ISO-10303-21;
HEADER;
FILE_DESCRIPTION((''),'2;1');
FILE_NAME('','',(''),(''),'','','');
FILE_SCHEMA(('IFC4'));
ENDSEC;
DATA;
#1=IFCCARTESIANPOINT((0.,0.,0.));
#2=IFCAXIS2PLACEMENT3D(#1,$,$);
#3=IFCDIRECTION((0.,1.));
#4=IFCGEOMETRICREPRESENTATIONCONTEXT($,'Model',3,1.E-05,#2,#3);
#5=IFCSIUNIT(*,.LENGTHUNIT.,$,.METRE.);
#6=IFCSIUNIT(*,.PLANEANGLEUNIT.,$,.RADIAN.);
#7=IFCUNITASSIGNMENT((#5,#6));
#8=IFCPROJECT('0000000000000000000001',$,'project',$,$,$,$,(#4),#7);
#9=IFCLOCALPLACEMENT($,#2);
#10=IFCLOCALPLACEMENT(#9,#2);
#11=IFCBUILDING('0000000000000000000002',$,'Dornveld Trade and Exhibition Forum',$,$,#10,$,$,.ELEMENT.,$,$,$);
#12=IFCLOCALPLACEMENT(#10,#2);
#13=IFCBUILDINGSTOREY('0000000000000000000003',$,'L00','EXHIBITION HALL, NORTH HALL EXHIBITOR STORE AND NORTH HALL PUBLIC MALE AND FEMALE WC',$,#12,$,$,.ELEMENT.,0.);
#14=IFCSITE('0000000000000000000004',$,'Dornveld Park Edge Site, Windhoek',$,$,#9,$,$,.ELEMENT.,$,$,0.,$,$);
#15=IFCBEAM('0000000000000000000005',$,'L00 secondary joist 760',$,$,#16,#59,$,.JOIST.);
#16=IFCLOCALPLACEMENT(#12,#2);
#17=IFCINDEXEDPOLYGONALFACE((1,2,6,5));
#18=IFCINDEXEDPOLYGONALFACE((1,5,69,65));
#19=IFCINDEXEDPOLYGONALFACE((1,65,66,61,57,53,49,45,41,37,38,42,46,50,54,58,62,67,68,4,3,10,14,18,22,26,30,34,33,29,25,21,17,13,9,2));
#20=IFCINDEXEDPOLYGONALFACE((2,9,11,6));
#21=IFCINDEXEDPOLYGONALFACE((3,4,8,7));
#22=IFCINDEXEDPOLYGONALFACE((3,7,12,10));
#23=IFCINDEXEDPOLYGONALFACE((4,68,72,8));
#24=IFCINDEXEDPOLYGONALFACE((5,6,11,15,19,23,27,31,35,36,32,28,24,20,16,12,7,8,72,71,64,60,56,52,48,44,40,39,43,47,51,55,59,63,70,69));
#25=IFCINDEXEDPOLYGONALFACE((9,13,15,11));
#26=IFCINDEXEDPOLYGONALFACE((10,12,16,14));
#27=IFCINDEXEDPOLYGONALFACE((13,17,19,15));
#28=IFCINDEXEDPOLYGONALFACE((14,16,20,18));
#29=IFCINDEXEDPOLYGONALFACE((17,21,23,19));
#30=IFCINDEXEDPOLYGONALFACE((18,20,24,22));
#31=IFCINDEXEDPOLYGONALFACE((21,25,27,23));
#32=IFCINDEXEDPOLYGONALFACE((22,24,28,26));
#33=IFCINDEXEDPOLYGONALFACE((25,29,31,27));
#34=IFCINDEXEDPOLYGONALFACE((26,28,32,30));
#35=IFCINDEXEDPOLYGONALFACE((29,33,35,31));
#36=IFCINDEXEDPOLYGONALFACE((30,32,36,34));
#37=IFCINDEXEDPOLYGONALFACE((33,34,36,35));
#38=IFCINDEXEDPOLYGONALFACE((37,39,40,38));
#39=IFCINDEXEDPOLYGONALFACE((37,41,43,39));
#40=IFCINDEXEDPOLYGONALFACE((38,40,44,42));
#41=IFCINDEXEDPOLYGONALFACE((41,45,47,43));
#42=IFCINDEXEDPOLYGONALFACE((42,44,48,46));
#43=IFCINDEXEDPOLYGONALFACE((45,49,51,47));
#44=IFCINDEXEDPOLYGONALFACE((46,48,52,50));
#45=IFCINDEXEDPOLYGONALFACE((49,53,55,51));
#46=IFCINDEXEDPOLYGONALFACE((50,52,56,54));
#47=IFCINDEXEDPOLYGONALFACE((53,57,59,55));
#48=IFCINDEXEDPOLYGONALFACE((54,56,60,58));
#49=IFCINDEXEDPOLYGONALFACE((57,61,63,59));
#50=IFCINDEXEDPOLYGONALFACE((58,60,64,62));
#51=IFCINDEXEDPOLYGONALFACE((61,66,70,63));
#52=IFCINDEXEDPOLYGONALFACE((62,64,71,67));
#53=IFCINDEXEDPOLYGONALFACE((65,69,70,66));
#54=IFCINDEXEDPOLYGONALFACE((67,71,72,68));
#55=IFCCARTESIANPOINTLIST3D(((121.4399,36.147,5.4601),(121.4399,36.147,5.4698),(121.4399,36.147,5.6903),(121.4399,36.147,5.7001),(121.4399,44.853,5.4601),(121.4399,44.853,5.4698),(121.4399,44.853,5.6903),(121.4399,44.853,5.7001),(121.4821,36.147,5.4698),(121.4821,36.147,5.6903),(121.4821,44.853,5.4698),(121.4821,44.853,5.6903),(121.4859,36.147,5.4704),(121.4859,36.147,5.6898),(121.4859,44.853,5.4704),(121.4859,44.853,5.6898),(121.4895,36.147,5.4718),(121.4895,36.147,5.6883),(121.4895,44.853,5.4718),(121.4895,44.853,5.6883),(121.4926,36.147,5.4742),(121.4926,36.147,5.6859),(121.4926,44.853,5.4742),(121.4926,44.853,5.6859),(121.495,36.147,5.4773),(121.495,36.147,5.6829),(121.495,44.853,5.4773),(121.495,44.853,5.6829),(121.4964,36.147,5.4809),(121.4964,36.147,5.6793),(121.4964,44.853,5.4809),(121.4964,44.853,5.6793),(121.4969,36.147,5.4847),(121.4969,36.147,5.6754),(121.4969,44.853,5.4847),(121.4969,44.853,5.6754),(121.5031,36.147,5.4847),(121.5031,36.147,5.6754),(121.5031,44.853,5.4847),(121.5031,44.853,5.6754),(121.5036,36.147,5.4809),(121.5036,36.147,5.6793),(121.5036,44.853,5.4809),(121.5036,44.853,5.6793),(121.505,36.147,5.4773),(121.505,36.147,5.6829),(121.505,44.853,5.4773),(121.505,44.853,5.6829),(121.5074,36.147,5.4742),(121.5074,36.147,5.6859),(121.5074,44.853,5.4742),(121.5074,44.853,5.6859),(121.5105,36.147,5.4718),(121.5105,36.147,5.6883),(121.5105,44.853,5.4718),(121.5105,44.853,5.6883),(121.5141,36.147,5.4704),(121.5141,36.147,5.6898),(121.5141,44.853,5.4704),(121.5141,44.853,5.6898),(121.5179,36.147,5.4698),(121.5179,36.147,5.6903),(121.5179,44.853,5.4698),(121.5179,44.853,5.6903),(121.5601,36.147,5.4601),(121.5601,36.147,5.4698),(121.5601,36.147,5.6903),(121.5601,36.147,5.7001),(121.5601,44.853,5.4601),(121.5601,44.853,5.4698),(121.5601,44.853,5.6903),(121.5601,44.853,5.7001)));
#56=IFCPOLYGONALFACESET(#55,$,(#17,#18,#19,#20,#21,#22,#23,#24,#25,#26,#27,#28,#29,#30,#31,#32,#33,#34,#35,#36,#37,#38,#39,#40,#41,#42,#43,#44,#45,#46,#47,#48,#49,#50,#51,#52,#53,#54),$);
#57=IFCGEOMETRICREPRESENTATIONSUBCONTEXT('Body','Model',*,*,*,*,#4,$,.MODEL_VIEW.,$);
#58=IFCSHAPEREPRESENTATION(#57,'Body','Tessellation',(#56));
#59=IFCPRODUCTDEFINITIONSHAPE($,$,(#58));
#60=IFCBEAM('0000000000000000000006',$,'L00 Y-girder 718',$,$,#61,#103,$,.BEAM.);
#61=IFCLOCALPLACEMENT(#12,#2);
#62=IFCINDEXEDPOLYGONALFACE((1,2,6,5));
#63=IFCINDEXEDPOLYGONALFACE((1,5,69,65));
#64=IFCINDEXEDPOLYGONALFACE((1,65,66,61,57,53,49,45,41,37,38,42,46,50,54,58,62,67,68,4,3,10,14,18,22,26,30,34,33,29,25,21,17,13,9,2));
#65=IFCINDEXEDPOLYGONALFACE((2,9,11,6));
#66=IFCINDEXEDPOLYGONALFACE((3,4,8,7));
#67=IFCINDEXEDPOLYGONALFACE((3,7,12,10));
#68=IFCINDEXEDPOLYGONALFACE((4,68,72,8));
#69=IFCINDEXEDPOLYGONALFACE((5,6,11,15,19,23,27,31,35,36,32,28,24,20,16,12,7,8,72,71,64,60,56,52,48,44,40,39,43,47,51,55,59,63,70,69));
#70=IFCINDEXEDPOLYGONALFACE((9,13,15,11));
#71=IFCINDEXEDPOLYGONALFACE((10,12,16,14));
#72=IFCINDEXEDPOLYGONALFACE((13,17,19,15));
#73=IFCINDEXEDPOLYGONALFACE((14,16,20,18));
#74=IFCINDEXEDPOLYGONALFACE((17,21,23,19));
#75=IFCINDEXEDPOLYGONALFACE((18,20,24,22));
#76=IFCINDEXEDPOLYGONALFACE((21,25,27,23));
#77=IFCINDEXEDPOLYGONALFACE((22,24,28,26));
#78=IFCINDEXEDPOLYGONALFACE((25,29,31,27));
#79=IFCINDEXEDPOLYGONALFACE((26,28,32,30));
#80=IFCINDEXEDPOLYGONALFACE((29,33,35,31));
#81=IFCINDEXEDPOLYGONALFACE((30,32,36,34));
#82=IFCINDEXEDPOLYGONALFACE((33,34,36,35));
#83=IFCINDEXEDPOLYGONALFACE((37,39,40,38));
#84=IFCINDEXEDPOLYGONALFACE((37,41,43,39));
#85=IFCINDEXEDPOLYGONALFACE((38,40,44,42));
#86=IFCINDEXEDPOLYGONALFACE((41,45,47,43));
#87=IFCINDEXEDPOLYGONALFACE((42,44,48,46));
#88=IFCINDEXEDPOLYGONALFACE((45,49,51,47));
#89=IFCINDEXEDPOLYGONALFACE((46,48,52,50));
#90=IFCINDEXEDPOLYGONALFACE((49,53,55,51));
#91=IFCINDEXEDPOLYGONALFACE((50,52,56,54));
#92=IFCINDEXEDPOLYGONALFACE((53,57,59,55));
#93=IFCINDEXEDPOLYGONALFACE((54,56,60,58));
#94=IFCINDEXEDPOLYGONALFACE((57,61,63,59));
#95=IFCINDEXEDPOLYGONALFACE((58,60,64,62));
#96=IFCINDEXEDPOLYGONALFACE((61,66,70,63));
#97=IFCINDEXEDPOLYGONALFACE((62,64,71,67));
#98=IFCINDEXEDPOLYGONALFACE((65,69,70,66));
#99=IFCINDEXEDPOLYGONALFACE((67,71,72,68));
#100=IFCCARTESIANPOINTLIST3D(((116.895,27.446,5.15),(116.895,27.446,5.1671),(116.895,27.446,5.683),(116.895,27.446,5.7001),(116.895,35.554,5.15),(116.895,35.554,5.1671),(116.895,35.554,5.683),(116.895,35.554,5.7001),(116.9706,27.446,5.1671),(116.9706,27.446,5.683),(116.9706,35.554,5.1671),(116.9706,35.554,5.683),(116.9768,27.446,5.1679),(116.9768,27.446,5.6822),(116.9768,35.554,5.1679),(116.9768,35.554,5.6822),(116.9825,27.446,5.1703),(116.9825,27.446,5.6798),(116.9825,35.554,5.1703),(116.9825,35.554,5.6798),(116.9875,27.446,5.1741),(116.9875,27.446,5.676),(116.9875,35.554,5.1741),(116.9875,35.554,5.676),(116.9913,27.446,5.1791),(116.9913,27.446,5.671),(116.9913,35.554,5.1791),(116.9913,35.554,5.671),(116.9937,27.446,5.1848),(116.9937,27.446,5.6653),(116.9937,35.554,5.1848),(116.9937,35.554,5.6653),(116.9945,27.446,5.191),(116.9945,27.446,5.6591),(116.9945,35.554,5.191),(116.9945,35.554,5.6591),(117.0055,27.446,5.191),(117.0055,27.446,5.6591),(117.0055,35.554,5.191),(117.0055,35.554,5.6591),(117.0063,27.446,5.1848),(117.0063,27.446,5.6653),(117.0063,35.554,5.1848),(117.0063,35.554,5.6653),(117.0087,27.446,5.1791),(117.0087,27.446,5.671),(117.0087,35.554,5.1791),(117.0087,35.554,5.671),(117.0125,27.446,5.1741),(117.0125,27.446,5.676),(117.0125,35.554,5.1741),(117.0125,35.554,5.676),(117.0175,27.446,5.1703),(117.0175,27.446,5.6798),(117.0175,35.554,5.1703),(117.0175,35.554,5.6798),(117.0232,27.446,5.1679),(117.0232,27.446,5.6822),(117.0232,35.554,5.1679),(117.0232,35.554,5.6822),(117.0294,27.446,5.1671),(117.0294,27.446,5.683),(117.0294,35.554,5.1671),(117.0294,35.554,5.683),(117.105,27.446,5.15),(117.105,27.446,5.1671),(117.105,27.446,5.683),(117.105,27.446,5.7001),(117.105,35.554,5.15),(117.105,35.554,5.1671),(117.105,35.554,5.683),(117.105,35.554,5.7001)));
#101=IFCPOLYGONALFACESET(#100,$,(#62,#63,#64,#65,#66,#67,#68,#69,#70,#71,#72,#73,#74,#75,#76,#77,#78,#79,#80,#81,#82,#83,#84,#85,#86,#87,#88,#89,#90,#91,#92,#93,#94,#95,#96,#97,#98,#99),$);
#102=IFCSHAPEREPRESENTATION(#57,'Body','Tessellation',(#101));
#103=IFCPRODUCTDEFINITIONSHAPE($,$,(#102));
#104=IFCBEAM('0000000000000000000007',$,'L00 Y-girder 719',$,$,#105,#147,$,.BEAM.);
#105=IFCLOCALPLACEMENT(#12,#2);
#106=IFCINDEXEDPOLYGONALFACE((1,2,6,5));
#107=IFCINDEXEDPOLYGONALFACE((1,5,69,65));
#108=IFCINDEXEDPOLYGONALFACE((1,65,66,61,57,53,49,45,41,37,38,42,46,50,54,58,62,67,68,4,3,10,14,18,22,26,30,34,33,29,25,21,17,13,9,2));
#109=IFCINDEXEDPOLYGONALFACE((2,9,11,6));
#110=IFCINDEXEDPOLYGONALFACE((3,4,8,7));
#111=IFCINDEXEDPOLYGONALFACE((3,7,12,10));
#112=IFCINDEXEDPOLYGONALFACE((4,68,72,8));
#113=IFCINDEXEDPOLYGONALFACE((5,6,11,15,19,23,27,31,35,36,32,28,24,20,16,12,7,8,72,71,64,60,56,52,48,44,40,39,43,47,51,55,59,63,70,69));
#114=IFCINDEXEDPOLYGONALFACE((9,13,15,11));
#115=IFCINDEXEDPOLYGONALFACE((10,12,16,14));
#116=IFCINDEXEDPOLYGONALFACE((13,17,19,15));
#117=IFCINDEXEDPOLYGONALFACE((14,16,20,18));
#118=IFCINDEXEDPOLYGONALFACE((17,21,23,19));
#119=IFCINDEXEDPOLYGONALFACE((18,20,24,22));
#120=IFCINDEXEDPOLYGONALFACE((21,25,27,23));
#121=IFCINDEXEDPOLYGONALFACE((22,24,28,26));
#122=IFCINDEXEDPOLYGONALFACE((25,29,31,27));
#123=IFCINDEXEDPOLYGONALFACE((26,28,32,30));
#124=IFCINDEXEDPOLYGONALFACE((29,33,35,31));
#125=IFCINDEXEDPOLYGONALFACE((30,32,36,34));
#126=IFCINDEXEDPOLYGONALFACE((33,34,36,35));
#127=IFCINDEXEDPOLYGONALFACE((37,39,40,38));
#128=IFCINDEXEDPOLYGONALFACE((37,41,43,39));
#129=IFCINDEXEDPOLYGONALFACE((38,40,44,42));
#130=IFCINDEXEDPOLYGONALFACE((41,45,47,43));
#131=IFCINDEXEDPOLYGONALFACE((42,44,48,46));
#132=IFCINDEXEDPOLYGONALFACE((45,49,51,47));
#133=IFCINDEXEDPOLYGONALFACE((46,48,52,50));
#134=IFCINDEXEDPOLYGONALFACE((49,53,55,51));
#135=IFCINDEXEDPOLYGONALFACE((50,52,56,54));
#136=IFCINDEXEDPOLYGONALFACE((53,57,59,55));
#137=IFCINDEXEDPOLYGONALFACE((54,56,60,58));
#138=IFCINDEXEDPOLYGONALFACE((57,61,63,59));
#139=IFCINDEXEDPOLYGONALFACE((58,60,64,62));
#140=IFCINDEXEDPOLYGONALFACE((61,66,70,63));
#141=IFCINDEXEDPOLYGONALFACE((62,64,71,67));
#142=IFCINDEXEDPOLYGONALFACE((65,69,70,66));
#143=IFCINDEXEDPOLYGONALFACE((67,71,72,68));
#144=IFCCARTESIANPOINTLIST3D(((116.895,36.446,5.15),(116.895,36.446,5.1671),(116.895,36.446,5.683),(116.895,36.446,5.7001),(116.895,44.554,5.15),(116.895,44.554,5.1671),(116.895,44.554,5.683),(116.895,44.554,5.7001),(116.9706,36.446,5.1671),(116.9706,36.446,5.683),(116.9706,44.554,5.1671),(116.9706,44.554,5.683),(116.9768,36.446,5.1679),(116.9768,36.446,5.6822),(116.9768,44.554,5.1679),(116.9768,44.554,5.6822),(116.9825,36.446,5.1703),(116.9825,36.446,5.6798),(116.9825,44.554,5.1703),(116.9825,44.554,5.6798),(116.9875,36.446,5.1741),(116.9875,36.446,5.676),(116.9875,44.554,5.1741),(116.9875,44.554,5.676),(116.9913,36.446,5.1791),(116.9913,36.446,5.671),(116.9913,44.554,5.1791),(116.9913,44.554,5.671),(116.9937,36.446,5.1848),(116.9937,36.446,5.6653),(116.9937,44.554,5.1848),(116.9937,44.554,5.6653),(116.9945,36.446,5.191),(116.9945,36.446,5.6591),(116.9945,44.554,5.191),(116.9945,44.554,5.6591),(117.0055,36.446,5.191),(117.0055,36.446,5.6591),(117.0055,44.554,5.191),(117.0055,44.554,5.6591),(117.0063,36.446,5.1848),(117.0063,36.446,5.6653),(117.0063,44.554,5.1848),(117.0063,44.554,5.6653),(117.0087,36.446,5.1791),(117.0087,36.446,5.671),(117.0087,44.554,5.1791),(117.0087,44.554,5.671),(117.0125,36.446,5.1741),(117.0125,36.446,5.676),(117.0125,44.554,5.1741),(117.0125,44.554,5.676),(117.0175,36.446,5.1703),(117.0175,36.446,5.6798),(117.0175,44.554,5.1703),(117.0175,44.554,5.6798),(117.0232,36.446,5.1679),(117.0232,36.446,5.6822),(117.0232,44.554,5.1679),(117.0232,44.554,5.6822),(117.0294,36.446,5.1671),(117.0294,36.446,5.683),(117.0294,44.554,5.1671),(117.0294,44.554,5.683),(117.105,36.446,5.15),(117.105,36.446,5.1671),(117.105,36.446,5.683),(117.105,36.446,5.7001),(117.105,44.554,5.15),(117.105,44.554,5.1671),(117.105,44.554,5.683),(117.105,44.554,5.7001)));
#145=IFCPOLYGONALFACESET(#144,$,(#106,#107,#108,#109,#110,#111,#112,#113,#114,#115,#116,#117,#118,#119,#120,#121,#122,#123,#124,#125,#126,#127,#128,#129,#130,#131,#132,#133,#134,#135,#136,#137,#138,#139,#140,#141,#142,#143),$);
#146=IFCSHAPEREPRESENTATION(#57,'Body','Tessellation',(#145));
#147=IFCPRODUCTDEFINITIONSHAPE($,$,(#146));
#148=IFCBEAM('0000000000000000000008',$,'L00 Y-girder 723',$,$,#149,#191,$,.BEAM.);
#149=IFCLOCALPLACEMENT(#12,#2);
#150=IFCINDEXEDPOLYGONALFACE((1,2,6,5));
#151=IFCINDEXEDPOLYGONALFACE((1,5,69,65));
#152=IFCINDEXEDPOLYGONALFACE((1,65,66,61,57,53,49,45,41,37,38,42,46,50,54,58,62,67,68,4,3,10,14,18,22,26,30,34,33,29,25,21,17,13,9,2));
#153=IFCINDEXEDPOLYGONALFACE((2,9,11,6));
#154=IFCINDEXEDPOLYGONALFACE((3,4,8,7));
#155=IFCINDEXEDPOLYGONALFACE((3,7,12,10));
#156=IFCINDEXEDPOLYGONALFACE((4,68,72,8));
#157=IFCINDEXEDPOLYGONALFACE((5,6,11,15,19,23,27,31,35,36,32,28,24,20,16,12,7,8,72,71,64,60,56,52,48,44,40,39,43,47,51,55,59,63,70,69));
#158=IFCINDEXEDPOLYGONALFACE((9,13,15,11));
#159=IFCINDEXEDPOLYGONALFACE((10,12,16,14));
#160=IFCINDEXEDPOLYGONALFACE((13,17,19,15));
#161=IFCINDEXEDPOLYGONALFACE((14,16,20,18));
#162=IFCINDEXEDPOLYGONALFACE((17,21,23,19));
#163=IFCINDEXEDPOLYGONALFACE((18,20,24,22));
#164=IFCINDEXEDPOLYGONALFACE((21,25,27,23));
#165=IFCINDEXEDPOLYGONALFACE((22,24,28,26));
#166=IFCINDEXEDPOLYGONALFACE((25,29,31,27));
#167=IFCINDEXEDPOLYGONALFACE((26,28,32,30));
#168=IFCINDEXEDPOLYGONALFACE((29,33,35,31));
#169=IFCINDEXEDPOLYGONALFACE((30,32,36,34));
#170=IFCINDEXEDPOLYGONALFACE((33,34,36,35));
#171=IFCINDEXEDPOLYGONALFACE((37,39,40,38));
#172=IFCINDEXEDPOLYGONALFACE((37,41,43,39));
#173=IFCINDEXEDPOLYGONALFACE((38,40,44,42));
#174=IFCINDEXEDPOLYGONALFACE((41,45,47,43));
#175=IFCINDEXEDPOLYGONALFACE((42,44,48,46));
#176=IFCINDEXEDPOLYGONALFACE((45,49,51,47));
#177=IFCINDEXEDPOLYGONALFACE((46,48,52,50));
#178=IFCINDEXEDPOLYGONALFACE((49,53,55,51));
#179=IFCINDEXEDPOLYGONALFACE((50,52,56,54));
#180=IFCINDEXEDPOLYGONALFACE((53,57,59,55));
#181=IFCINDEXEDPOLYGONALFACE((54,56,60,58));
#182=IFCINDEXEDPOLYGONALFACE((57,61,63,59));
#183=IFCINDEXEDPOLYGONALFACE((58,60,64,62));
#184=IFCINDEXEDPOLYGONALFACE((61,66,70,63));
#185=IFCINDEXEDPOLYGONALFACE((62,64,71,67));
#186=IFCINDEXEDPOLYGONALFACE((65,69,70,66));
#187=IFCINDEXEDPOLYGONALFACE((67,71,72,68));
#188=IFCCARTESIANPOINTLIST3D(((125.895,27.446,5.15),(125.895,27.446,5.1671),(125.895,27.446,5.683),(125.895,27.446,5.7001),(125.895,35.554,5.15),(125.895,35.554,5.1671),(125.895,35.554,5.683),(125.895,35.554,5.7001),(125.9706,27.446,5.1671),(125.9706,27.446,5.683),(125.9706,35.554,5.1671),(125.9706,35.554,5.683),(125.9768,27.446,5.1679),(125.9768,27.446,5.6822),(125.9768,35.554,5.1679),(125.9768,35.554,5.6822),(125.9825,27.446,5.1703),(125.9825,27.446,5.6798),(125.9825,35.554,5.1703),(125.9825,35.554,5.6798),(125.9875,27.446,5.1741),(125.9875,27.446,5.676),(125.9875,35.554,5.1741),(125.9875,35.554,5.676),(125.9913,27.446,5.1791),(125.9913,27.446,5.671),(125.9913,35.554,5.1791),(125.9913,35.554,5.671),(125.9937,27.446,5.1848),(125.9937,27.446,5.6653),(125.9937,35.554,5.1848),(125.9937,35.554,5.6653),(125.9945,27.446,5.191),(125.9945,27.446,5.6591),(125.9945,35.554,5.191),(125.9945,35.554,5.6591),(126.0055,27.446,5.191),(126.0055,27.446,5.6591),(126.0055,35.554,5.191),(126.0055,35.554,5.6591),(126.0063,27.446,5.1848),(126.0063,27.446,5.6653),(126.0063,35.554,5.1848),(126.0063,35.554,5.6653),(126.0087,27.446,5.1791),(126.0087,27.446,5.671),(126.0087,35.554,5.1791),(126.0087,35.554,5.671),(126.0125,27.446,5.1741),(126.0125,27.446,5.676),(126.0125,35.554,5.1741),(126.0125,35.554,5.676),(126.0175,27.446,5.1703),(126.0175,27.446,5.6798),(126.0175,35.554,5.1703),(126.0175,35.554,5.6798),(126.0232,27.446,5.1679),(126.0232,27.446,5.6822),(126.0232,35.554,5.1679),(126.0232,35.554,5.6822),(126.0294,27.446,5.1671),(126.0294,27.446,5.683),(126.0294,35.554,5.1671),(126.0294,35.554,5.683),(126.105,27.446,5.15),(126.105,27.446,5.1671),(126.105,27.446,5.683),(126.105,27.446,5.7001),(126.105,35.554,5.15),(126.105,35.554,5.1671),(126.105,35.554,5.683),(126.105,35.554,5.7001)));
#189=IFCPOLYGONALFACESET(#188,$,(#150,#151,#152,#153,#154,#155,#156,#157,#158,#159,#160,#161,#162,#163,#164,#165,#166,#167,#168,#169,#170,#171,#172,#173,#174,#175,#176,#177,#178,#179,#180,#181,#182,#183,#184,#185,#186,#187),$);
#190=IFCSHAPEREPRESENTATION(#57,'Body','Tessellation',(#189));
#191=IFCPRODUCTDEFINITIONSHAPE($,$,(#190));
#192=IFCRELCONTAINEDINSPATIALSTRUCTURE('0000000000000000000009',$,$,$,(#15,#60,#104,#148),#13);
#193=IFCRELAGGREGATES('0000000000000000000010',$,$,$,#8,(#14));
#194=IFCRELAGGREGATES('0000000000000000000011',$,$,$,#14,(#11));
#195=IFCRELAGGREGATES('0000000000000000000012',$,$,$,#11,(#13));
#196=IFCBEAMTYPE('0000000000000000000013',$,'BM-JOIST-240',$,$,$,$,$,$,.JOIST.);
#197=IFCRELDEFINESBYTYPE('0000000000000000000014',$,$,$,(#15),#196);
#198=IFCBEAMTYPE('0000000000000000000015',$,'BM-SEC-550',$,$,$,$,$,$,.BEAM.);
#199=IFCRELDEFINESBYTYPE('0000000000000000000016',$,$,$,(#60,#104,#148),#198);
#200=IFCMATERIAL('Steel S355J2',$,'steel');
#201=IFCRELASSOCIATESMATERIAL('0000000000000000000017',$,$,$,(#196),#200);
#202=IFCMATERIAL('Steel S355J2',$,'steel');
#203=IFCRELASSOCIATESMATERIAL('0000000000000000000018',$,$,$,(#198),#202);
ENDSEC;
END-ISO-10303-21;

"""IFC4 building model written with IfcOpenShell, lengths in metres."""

from ifc_helpers import new_model, si_unit, direction, frame, origin, origin_2d, place, context, subcontext, project, spatial, i_section, extrude, material, material_profile, profile_set, type_object, element, save


model = new_model("IFC4")

# Units and contexts
model_context = context("Model", 3, precision=1e-05, world=origin(), true_north=direction((0.0, 1.0)))
body_context = subcontext(model_context, "Body", "Model", "MODEL_VIEW")
ifc_project = project(units=[si_unit("LENGTHUNIT", "METRE"), si_unit("PLANEANGLEUNIT", "RADIAN")], contexts=[model_context])

# Site, building, storey
site_placement = place(None, origin())
site = spatial("IfcSite", under=ifc_project, at=site_placement, Name="Dornveld Park Edge Site, Windhoek", CompositionType="ELEMENT", RefElevation=0.0)
building_placement = place(site_placement, origin())
building = spatial("IfcBuilding", under=site, at=building_placement, Name="Dornveld Trade and Exhibition Forum", CompositionType="ELEMENT")
storey_placement = place(building_placement, origin())
storey = spatial("IfcBuildingStorey", under=building, at=storey_placement, Name="L00", Description="EXHIBITION HALL, NORTH HALL EXHIBITOR STORE AND NORTH HALL PUBLIC MALE AND FEMALE WC", CompositionType="ELEMENT", Elevation=0.0)

# Beams
ifc_material_1 = material(Name="Steel S355J2", Category="steel")
ifc_material_profile_1 = material_profile(ifc_material_1, i_section(OverallWidth=0.1201, OverallDepth=0.24, WebThickness=0.0061, FlangeThickness=0.0098, FilletRadius=0.0149, at=origin_2d()), Name="IPE 240")
ifc_profile_set_1 = profile_set([ifc_material_profile_1], Name="Steel S355J2")
beam_type_1 = type_object("IfcBeamType", Name="BM-JOIST-240", PredefinedType="JOIST", material=ifc_profile_set_1)
for number, where, z_axis, x_axis, name in (
    (1, (121.5, 36.147, 5.5801), (0.0, 1.0, 0.0), (-1.0, 0.0, 0.0), "L00 secondary joist 760"),
):
    element("IfcBeam", number, at=place(storey_placement, frame(where, z_axis=z_axis, x_axis=x_axis)), inside=storey, type_object=beam_type_1, Name=name, PredefinedType="JOIST", context=body_context, shape_type="SweptSolid", body=[
        extrude(i_section(OverallWidth=0.1201, OverallDepth=0.24, WebThickness=0.0061, FlangeThickness=0.0098, FilletRadius=0.0149, at=origin_2d()), origin(), (0.0, 0.0, 1.0), 8.7061),
    ])
ifc_material_2 = material(Name="Steel S355J2", Category="steel")
ifc_material_profile_2 = material_profile(ifc_material_2, i_section(OverallWidth=0.21, OverallDepth=0.55, WebThickness=0.011, FlangeThickness=0.0171, FilletRadius=0.0239, at=origin_2d()), Name="IPE 550")
ifc_profile_set_2 = profile_set([ifc_material_profile_2], Name="Steel S355J2")
beam_type_2 = type_object("IfcBeamType", Name="BM-SEC-550", PredefinedType="BEAM", material=ifc_profile_set_2)
for number, where, z_axis, x_axis, name in (
    (2, (117.0, 27.446, 5.425), (0.0, 1.0, 0.0), (-1.0, 0.0, 0.0), "L00 Y-girder 718"),
    (3, (117.0, 36.446, 5.425), (0.0, 1.0, 0.0), (-1.0, 0.0, 0.0), "L00 Y-girder 719"),
    (4, (126.0, 27.446, 5.425), (0.0, 1.0, 0.0), (-1.0, 0.0, 0.0), "L00 Y-girder 723"),
):
    element("IfcBeam", number, at=place(storey_placement, frame(where, z_axis=z_axis, x_axis=x_axis)), inside=storey, type_object=beam_type_2, Name=name, PredefinedType="BEAM", context=body_context, shape_type="SweptSolid", body=[
        extrude(i_section(OverallWidth=0.21, OverallDepth=0.55, WebThickness=0.011, FlangeThickness=0.0171, FilletRadius=0.0239, at=origin_2d()), origin(), (0.0, 0.0, 1.0), 8.1079),
    ])

save(model, "model.ifc")
